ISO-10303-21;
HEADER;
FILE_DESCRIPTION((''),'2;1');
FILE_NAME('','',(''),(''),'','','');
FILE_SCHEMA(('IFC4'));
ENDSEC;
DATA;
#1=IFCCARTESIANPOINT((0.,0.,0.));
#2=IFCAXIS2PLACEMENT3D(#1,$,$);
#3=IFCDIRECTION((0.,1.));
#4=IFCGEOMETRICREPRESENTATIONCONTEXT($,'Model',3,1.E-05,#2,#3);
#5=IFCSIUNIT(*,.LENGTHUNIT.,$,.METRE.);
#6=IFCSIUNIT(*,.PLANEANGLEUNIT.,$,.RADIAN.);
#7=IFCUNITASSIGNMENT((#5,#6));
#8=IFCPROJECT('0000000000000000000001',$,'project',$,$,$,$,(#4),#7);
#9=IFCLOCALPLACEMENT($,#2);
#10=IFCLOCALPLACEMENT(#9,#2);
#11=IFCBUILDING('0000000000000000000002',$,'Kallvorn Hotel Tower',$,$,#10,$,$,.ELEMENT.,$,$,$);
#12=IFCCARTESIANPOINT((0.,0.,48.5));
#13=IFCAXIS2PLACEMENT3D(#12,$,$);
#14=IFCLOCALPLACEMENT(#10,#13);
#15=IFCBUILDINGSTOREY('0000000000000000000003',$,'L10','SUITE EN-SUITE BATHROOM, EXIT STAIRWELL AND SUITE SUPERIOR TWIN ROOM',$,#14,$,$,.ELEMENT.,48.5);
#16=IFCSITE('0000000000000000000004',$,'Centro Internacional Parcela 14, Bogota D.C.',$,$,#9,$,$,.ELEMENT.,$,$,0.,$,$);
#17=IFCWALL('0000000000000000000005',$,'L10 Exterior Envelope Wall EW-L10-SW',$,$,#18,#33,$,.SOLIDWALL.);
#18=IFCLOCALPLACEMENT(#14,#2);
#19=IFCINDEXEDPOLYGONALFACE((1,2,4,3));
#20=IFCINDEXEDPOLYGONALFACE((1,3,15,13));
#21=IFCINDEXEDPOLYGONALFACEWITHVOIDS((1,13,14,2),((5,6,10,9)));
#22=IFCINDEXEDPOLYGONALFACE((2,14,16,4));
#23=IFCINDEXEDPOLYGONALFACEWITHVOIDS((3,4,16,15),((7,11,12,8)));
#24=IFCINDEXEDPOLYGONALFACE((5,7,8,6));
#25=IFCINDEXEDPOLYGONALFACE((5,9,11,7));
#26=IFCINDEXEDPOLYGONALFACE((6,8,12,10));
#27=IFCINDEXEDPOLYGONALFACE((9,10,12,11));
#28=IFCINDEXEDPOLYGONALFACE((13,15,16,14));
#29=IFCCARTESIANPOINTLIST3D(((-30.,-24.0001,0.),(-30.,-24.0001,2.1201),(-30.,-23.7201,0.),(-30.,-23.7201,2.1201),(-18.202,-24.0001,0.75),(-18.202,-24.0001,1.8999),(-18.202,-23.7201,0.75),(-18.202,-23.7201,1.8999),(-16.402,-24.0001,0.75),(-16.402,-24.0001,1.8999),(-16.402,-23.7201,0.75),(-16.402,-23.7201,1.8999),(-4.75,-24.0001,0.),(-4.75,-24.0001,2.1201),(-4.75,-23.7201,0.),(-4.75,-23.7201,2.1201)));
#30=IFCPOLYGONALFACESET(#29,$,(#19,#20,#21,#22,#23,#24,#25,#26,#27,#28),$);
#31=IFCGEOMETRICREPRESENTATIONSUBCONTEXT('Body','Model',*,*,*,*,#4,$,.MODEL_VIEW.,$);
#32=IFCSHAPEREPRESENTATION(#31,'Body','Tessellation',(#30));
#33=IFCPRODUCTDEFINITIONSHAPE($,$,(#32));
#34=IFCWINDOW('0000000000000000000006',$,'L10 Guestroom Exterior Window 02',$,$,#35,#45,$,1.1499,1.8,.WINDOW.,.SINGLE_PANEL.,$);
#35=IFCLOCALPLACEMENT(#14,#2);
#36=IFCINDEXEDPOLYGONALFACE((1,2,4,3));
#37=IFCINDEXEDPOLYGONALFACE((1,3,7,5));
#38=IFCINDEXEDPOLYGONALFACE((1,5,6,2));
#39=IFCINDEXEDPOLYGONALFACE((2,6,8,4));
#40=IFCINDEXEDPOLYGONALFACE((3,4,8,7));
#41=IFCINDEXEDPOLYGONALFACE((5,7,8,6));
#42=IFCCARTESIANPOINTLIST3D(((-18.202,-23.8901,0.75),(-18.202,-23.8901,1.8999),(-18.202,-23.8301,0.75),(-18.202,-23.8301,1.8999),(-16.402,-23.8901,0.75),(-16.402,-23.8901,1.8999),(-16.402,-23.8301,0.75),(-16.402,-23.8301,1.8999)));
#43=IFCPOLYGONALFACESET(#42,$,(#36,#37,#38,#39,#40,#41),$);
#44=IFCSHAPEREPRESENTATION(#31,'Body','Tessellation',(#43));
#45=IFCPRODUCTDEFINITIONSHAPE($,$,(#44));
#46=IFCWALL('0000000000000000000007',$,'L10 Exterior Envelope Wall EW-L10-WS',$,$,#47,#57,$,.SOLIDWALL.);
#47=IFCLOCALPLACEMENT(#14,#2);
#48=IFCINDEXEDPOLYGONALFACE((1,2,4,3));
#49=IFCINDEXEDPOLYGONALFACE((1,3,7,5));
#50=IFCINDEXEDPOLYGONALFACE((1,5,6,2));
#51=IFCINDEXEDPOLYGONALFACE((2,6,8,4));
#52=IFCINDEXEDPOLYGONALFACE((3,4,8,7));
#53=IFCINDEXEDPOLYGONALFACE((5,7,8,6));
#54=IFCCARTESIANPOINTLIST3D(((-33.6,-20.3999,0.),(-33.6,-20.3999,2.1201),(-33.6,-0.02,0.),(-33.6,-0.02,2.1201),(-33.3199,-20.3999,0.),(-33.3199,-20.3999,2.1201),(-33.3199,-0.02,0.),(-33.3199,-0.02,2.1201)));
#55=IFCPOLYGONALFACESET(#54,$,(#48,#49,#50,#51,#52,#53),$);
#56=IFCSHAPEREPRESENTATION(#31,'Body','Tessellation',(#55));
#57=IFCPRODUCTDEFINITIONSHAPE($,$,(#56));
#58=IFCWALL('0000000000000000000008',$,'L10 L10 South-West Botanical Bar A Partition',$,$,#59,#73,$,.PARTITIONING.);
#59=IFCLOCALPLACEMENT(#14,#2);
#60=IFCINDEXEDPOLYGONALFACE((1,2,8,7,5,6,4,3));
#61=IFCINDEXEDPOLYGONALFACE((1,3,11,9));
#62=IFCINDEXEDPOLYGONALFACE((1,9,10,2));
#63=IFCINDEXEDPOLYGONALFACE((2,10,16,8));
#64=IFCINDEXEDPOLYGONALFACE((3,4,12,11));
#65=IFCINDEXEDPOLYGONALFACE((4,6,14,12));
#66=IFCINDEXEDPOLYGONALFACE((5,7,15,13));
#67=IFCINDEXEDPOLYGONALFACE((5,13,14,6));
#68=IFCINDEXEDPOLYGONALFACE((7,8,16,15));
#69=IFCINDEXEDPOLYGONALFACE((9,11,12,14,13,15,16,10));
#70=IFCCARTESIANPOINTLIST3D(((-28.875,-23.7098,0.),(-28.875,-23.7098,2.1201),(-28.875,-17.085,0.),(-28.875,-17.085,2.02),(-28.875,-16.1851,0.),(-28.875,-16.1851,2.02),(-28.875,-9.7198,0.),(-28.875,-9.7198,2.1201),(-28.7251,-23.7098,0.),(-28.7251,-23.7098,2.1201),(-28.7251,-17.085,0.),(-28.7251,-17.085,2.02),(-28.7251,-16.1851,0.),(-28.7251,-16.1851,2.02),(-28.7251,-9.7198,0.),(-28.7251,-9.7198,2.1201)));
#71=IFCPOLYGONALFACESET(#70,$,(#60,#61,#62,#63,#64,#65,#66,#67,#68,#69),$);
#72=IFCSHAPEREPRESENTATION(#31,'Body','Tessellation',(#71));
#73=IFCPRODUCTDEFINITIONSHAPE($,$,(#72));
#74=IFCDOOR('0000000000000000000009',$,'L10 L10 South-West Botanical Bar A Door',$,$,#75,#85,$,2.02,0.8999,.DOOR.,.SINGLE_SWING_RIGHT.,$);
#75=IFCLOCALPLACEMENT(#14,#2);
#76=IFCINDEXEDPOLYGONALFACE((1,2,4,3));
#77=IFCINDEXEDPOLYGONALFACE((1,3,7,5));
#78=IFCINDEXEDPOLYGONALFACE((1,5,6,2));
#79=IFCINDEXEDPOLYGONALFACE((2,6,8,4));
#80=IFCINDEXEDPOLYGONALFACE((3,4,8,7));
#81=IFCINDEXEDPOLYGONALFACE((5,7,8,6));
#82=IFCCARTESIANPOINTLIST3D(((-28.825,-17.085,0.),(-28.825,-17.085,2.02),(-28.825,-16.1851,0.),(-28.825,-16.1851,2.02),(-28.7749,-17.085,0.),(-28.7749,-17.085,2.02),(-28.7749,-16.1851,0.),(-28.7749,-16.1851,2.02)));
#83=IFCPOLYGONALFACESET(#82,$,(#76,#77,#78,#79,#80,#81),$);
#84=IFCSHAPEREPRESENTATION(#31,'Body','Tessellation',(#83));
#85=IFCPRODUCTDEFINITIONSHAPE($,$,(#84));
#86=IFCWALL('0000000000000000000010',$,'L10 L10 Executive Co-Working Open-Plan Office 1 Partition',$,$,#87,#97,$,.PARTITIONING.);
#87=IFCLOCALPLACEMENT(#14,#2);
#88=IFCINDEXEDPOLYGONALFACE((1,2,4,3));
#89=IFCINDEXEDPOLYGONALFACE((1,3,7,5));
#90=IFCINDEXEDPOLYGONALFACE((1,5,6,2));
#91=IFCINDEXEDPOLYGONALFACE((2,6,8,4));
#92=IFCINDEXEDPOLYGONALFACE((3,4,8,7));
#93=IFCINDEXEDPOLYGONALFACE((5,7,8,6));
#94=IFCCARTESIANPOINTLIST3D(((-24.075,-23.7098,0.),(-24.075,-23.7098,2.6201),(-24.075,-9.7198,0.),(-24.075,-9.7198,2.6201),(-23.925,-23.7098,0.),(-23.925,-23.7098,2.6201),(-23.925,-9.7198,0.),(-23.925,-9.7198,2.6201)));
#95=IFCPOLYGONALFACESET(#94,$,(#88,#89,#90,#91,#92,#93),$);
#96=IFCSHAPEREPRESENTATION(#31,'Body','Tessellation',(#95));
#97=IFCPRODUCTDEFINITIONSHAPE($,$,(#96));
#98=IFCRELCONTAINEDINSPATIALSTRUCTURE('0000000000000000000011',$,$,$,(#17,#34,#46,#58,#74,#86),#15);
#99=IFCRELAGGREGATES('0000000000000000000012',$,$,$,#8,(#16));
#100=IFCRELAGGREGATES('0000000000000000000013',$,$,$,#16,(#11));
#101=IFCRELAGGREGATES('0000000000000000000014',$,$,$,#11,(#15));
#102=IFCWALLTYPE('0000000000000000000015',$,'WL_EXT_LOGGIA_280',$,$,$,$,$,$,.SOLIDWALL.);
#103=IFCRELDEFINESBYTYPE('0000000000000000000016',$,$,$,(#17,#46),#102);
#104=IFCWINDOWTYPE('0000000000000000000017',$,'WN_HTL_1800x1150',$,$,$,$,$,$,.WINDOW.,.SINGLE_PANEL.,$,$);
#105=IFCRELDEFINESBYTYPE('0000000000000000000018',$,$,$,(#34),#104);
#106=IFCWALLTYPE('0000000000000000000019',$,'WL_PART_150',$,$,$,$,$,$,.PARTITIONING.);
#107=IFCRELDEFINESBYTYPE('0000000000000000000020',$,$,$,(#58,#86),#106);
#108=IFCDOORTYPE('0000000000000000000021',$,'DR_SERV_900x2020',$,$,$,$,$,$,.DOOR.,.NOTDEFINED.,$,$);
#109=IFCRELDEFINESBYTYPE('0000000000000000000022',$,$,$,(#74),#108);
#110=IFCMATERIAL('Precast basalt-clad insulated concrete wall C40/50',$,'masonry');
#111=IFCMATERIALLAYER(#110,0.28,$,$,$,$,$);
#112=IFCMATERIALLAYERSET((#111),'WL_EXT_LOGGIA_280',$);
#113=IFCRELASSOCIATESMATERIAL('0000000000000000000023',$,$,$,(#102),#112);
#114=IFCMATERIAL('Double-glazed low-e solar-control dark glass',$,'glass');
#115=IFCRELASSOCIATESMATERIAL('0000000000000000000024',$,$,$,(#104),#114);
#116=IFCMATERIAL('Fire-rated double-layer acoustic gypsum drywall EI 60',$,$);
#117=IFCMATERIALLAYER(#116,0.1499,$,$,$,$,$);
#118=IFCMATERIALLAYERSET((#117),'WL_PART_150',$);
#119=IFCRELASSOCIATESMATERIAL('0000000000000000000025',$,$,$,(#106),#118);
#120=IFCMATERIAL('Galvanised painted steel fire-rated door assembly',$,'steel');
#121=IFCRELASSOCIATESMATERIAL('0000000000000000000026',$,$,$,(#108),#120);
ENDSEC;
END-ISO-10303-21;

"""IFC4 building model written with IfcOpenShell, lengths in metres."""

from ifc_helpers import new_model, si_unit, direction, frame, frame_2d, origin, place, context, subcontext, project, spatial, rectangle, extrude, material, layer, layer_set, type_object, element, fill, save


model = new_model("IFC4")

# Units and contexts
model_context = context("Model", 3, precision=1e-05, world=origin(), true_north=direction((0.0, 1.0)))
body_context = subcontext(model_context, "Body", "Model", "MODEL_VIEW")
ifc_project = project(units=[si_unit("LENGTHUNIT", "METRE"), si_unit("PLANEANGLEUNIT", "RADIAN")], contexts=[model_context])

# Site, building, storey
site_placement = place(None, origin())
site = spatial("IfcSite", under=ifc_project, at=site_placement, Name="Centro Internacional Parcela 14, Bogota D.C.", CompositionType="ELEMENT", RefElevation=0.0)
building_placement = place(site_placement, origin())
building = spatial("IfcBuilding", under=site, at=building_placement, Name="Kallvorn Hotel Tower", CompositionType="ELEMENT")
storey_placement = place(building_placement, frame((0.0, 0.0, 48.5)))
storey = spatial("IfcBuildingStorey", under=building, at=storey_placement, Name="L10", Description="SUITE EN-SUITE BATHROOM, EXIT STAIRWELL AND SUITE SUPERIOR TWIN ROOM", CompositionType="ELEMENT", Elevation=48.5)

# Shared definitions
ifc_material_1 = material(Name="Precast basalt-clad insulated concrete wall C40/50", Category="masonry")
ifc_layer_1 = layer(ifc_material_1, 0.28)
ifc_layer_set_1 = layer_set([ifc_layer_1], Name="WL_EXT_LOGGIA_280")
wall_type_1 = type_object("IfcWallType", Name="WL_EXT_LOGGIA_280", PredefinedType="SOLIDWALL", material=ifc_layer_set_1)

# Wall, opening, window
wall_1_placement = place(storey_placement, frame((-30.0, -23.8601, 0.0), z_axis=(0.0, 0.0, 1.0), x_axis=(1.0, 0.0, 0.0)))
wall_1 = element("IfcWall", 1, at=wall_1_placement, inside=storey, type_object=wall_type_1, Name="L10 Exterior Envelope Wall EW-L10-SW", PredefinedType="SOLIDWALL", context=body_context, shape_type="SweptSolid", body=[
    extrude(rectangle(XDim=25.25, YDim=0.28, at=frame_2d((12.625, 0.0))), origin(), (0.0, 0.0, 1.0), 2.1201),
])
opening_1_placement = place(wall_1_placement, frame((11.7981, 0.0, 0.75)))
opening_1 = element("IfcOpeningElement", 2, at=opening_1_placement, cuts=wall_1, PredefinedType="OPENING", context=body_context, shape_type="SweptSolid", body=[
    extrude(rectangle(XDim=1.8, YDim=1.1499, at=frame_2d((0.8999, 0.575))), frame((0.0, 0.155, 0.0), z_axis=(0.0, -1.0, 0.0), x_axis=(1.0, 0.0, 0.0)), (0.0, 0.0, 1.0), 0.3101),
])
ifc_material_2 = material(Name="Double-glazed low-e solar-control dark glass", Category="glass")
window_type = type_object("IfcWindowType", Name="WN_HTL_1800x1150", PartitioningType="SINGLE_PANEL", PredefinedType="WINDOW", material=ifc_material_2)
window_placement = place(opening_1_placement, origin())
window = element("IfcWindow", 3, at=window_placement, inside=storey, type_object=window_type, Name="L10 Guestroom Exterior Window 02", OverallHeight=1.1499, OverallWidth=1.8, PartitioningType="SINGLE_PANEL", PredefinedType="WINDOW", context=body_context, shape_type="SweptSolid", body=[
    extrude(rectangle(XDim=1.8, YDim=1.1499, at=frame_2d((0.8999, 0.575))), frame((0.0, 0.03, 0.0), z_axis=(0.0, -1.0, 0.0), x_axis=(1.0, 0.0, 0.0)), (0.0, 0.0, 1.0), 0.0601),
])
fill(opening_1, window)

# Wall
wall_2_placement = place(storey_placement, frame((-33.46, -20.3999, 0.0), z_axis=(0.0, 0.0, 1.0), x_axis=(0.0, 1.0, 0.0)))
element("IfcWall", 4, at=wall_2_placement, inside=storey, type_object=wall_type_1, Name="L10 Exterior Envelope Wall EW-L10-WS", PredefinedType="SOLIDWALL", context=body_context, shape_type="SweptSolid", body=[
    extrude(rectangle(XDim=20.3799, YDim=0.28, at=frame_2d((10.1899, 0.0))), origin(), (0.0, 0.0, 1.0), 2.1201),
])

# Wall, opening, door
ifc_material_3 = material(Name="Fire-rated double-layer acoustic gypsum drywall EI 60")
ifc_layer_2 = layer(ifc_material_3, 0.1499)
ifc_layer_set_2 = layer_set([ifc_layer_2], Name="WL_PART_150")
wall_type_2 = type_object("IfcWallType", Name="WL_PART_150", PredefinedType="PARTITIONING", material=ifc_layer_set_2)
wall_3_placement = place(storey_placement, frame((-28.8, -23.71, 0.0), z_axis=(0.0, 0.0, 1.0), x_axis=(0.0, 1.0, 0.0)))
wall_3 = element("IfcWall", 5, at=wall_3_placement, inside=storey, type_object=wall_type_2, Name="L10 L10 South-West Botanical Bar A Partition", PredefinedType="PARTITIONING", context=body_context, shape_type="SweptSolid", body=[
    extrude(rectangle(XDim=13.99, YDim=0.1499, at=frame_2d((6.9951, 0.0))), origin(), (0.0, 0.0, 1.0), 2.1201),
])
opening_2_placement = place(wall_3_placement, frame((6.625, 0.0, 0.0)))
opening_2 = element("IfcOpeningElement", 6, at=opening_2_placement, cuts=wall_3, PredefinedType="OPENING", context=body_context, shape_type="SweptSolid", body=[
    extrude(rectangle(XDim=0.8999, YDim=2.02, at=frame_2d((0.45, 1.01))), frame((0.0, 0.0898, 0.0), z_axis=(0.0, -1.0, 0.0), x_axis=(1.0, 0.0, 0.0)), (0.0, 0.0, 1.0), 0.1799),
])
ifc_material_4 = material(Name="Galvanised painted steel fire-rated door assembly", Category="steel")
door_type = type_object("IfcDoorType", Name="DR_SERV_900x2020", OperationType="NOTDEFINED", PredefinedType="DOOR", material=ifc_material_4)
door_placement = place(opening_2_placement, origin())
door = element("IfcDoor", 7, at=door_placement, inside=storey, type_object=door_type, Name="L10 L10 South-West Botanical Bar A Door", OperationType="SINGLE_SWING_RIGHT", OverallHeight=2.02, OverallWidth=0.8999, PredefinedType="DOOR", context=body_context, shape_type="SweptSolid", body=[
    extrude(rectangle(XDim=0.8999, YDim=2.02, at=frame_2d((0.45, 1.01))), frame((0.0, 0.0249, 0.0), z_axis=(0.0, -1.0, 0.0), x_axis=(1.0, 0.0, 0.0)), (0.0, 0.0, 1.0), 0.05),
])
fill(opening_2, door)

# Wall
wall_4_placement = place(storey_placement, frame((-24.0, -23.71, 0.0), z_axis=(0.0, 0.0, 1.0), x_axis=(0.0, 1.0, 0.0)))
element("IfcWall", 8, at=wall_4_placement, inside=storey, type_object=wall_type_2, Name="L10 L10 Executive Co-Working Open-Plan Office 1 Partition", PredefinedType="PARTITIONING", context=body_context, shape_type="SweptSolid", body=[
    extrude(rectangle(XDim=13.99, YDim=0.1499, at=frame_2d((6.9951, 0.0))), origin(), (0.0, 0.0, 1.0), 2.6201),
])

save(model, "model.ifc")
